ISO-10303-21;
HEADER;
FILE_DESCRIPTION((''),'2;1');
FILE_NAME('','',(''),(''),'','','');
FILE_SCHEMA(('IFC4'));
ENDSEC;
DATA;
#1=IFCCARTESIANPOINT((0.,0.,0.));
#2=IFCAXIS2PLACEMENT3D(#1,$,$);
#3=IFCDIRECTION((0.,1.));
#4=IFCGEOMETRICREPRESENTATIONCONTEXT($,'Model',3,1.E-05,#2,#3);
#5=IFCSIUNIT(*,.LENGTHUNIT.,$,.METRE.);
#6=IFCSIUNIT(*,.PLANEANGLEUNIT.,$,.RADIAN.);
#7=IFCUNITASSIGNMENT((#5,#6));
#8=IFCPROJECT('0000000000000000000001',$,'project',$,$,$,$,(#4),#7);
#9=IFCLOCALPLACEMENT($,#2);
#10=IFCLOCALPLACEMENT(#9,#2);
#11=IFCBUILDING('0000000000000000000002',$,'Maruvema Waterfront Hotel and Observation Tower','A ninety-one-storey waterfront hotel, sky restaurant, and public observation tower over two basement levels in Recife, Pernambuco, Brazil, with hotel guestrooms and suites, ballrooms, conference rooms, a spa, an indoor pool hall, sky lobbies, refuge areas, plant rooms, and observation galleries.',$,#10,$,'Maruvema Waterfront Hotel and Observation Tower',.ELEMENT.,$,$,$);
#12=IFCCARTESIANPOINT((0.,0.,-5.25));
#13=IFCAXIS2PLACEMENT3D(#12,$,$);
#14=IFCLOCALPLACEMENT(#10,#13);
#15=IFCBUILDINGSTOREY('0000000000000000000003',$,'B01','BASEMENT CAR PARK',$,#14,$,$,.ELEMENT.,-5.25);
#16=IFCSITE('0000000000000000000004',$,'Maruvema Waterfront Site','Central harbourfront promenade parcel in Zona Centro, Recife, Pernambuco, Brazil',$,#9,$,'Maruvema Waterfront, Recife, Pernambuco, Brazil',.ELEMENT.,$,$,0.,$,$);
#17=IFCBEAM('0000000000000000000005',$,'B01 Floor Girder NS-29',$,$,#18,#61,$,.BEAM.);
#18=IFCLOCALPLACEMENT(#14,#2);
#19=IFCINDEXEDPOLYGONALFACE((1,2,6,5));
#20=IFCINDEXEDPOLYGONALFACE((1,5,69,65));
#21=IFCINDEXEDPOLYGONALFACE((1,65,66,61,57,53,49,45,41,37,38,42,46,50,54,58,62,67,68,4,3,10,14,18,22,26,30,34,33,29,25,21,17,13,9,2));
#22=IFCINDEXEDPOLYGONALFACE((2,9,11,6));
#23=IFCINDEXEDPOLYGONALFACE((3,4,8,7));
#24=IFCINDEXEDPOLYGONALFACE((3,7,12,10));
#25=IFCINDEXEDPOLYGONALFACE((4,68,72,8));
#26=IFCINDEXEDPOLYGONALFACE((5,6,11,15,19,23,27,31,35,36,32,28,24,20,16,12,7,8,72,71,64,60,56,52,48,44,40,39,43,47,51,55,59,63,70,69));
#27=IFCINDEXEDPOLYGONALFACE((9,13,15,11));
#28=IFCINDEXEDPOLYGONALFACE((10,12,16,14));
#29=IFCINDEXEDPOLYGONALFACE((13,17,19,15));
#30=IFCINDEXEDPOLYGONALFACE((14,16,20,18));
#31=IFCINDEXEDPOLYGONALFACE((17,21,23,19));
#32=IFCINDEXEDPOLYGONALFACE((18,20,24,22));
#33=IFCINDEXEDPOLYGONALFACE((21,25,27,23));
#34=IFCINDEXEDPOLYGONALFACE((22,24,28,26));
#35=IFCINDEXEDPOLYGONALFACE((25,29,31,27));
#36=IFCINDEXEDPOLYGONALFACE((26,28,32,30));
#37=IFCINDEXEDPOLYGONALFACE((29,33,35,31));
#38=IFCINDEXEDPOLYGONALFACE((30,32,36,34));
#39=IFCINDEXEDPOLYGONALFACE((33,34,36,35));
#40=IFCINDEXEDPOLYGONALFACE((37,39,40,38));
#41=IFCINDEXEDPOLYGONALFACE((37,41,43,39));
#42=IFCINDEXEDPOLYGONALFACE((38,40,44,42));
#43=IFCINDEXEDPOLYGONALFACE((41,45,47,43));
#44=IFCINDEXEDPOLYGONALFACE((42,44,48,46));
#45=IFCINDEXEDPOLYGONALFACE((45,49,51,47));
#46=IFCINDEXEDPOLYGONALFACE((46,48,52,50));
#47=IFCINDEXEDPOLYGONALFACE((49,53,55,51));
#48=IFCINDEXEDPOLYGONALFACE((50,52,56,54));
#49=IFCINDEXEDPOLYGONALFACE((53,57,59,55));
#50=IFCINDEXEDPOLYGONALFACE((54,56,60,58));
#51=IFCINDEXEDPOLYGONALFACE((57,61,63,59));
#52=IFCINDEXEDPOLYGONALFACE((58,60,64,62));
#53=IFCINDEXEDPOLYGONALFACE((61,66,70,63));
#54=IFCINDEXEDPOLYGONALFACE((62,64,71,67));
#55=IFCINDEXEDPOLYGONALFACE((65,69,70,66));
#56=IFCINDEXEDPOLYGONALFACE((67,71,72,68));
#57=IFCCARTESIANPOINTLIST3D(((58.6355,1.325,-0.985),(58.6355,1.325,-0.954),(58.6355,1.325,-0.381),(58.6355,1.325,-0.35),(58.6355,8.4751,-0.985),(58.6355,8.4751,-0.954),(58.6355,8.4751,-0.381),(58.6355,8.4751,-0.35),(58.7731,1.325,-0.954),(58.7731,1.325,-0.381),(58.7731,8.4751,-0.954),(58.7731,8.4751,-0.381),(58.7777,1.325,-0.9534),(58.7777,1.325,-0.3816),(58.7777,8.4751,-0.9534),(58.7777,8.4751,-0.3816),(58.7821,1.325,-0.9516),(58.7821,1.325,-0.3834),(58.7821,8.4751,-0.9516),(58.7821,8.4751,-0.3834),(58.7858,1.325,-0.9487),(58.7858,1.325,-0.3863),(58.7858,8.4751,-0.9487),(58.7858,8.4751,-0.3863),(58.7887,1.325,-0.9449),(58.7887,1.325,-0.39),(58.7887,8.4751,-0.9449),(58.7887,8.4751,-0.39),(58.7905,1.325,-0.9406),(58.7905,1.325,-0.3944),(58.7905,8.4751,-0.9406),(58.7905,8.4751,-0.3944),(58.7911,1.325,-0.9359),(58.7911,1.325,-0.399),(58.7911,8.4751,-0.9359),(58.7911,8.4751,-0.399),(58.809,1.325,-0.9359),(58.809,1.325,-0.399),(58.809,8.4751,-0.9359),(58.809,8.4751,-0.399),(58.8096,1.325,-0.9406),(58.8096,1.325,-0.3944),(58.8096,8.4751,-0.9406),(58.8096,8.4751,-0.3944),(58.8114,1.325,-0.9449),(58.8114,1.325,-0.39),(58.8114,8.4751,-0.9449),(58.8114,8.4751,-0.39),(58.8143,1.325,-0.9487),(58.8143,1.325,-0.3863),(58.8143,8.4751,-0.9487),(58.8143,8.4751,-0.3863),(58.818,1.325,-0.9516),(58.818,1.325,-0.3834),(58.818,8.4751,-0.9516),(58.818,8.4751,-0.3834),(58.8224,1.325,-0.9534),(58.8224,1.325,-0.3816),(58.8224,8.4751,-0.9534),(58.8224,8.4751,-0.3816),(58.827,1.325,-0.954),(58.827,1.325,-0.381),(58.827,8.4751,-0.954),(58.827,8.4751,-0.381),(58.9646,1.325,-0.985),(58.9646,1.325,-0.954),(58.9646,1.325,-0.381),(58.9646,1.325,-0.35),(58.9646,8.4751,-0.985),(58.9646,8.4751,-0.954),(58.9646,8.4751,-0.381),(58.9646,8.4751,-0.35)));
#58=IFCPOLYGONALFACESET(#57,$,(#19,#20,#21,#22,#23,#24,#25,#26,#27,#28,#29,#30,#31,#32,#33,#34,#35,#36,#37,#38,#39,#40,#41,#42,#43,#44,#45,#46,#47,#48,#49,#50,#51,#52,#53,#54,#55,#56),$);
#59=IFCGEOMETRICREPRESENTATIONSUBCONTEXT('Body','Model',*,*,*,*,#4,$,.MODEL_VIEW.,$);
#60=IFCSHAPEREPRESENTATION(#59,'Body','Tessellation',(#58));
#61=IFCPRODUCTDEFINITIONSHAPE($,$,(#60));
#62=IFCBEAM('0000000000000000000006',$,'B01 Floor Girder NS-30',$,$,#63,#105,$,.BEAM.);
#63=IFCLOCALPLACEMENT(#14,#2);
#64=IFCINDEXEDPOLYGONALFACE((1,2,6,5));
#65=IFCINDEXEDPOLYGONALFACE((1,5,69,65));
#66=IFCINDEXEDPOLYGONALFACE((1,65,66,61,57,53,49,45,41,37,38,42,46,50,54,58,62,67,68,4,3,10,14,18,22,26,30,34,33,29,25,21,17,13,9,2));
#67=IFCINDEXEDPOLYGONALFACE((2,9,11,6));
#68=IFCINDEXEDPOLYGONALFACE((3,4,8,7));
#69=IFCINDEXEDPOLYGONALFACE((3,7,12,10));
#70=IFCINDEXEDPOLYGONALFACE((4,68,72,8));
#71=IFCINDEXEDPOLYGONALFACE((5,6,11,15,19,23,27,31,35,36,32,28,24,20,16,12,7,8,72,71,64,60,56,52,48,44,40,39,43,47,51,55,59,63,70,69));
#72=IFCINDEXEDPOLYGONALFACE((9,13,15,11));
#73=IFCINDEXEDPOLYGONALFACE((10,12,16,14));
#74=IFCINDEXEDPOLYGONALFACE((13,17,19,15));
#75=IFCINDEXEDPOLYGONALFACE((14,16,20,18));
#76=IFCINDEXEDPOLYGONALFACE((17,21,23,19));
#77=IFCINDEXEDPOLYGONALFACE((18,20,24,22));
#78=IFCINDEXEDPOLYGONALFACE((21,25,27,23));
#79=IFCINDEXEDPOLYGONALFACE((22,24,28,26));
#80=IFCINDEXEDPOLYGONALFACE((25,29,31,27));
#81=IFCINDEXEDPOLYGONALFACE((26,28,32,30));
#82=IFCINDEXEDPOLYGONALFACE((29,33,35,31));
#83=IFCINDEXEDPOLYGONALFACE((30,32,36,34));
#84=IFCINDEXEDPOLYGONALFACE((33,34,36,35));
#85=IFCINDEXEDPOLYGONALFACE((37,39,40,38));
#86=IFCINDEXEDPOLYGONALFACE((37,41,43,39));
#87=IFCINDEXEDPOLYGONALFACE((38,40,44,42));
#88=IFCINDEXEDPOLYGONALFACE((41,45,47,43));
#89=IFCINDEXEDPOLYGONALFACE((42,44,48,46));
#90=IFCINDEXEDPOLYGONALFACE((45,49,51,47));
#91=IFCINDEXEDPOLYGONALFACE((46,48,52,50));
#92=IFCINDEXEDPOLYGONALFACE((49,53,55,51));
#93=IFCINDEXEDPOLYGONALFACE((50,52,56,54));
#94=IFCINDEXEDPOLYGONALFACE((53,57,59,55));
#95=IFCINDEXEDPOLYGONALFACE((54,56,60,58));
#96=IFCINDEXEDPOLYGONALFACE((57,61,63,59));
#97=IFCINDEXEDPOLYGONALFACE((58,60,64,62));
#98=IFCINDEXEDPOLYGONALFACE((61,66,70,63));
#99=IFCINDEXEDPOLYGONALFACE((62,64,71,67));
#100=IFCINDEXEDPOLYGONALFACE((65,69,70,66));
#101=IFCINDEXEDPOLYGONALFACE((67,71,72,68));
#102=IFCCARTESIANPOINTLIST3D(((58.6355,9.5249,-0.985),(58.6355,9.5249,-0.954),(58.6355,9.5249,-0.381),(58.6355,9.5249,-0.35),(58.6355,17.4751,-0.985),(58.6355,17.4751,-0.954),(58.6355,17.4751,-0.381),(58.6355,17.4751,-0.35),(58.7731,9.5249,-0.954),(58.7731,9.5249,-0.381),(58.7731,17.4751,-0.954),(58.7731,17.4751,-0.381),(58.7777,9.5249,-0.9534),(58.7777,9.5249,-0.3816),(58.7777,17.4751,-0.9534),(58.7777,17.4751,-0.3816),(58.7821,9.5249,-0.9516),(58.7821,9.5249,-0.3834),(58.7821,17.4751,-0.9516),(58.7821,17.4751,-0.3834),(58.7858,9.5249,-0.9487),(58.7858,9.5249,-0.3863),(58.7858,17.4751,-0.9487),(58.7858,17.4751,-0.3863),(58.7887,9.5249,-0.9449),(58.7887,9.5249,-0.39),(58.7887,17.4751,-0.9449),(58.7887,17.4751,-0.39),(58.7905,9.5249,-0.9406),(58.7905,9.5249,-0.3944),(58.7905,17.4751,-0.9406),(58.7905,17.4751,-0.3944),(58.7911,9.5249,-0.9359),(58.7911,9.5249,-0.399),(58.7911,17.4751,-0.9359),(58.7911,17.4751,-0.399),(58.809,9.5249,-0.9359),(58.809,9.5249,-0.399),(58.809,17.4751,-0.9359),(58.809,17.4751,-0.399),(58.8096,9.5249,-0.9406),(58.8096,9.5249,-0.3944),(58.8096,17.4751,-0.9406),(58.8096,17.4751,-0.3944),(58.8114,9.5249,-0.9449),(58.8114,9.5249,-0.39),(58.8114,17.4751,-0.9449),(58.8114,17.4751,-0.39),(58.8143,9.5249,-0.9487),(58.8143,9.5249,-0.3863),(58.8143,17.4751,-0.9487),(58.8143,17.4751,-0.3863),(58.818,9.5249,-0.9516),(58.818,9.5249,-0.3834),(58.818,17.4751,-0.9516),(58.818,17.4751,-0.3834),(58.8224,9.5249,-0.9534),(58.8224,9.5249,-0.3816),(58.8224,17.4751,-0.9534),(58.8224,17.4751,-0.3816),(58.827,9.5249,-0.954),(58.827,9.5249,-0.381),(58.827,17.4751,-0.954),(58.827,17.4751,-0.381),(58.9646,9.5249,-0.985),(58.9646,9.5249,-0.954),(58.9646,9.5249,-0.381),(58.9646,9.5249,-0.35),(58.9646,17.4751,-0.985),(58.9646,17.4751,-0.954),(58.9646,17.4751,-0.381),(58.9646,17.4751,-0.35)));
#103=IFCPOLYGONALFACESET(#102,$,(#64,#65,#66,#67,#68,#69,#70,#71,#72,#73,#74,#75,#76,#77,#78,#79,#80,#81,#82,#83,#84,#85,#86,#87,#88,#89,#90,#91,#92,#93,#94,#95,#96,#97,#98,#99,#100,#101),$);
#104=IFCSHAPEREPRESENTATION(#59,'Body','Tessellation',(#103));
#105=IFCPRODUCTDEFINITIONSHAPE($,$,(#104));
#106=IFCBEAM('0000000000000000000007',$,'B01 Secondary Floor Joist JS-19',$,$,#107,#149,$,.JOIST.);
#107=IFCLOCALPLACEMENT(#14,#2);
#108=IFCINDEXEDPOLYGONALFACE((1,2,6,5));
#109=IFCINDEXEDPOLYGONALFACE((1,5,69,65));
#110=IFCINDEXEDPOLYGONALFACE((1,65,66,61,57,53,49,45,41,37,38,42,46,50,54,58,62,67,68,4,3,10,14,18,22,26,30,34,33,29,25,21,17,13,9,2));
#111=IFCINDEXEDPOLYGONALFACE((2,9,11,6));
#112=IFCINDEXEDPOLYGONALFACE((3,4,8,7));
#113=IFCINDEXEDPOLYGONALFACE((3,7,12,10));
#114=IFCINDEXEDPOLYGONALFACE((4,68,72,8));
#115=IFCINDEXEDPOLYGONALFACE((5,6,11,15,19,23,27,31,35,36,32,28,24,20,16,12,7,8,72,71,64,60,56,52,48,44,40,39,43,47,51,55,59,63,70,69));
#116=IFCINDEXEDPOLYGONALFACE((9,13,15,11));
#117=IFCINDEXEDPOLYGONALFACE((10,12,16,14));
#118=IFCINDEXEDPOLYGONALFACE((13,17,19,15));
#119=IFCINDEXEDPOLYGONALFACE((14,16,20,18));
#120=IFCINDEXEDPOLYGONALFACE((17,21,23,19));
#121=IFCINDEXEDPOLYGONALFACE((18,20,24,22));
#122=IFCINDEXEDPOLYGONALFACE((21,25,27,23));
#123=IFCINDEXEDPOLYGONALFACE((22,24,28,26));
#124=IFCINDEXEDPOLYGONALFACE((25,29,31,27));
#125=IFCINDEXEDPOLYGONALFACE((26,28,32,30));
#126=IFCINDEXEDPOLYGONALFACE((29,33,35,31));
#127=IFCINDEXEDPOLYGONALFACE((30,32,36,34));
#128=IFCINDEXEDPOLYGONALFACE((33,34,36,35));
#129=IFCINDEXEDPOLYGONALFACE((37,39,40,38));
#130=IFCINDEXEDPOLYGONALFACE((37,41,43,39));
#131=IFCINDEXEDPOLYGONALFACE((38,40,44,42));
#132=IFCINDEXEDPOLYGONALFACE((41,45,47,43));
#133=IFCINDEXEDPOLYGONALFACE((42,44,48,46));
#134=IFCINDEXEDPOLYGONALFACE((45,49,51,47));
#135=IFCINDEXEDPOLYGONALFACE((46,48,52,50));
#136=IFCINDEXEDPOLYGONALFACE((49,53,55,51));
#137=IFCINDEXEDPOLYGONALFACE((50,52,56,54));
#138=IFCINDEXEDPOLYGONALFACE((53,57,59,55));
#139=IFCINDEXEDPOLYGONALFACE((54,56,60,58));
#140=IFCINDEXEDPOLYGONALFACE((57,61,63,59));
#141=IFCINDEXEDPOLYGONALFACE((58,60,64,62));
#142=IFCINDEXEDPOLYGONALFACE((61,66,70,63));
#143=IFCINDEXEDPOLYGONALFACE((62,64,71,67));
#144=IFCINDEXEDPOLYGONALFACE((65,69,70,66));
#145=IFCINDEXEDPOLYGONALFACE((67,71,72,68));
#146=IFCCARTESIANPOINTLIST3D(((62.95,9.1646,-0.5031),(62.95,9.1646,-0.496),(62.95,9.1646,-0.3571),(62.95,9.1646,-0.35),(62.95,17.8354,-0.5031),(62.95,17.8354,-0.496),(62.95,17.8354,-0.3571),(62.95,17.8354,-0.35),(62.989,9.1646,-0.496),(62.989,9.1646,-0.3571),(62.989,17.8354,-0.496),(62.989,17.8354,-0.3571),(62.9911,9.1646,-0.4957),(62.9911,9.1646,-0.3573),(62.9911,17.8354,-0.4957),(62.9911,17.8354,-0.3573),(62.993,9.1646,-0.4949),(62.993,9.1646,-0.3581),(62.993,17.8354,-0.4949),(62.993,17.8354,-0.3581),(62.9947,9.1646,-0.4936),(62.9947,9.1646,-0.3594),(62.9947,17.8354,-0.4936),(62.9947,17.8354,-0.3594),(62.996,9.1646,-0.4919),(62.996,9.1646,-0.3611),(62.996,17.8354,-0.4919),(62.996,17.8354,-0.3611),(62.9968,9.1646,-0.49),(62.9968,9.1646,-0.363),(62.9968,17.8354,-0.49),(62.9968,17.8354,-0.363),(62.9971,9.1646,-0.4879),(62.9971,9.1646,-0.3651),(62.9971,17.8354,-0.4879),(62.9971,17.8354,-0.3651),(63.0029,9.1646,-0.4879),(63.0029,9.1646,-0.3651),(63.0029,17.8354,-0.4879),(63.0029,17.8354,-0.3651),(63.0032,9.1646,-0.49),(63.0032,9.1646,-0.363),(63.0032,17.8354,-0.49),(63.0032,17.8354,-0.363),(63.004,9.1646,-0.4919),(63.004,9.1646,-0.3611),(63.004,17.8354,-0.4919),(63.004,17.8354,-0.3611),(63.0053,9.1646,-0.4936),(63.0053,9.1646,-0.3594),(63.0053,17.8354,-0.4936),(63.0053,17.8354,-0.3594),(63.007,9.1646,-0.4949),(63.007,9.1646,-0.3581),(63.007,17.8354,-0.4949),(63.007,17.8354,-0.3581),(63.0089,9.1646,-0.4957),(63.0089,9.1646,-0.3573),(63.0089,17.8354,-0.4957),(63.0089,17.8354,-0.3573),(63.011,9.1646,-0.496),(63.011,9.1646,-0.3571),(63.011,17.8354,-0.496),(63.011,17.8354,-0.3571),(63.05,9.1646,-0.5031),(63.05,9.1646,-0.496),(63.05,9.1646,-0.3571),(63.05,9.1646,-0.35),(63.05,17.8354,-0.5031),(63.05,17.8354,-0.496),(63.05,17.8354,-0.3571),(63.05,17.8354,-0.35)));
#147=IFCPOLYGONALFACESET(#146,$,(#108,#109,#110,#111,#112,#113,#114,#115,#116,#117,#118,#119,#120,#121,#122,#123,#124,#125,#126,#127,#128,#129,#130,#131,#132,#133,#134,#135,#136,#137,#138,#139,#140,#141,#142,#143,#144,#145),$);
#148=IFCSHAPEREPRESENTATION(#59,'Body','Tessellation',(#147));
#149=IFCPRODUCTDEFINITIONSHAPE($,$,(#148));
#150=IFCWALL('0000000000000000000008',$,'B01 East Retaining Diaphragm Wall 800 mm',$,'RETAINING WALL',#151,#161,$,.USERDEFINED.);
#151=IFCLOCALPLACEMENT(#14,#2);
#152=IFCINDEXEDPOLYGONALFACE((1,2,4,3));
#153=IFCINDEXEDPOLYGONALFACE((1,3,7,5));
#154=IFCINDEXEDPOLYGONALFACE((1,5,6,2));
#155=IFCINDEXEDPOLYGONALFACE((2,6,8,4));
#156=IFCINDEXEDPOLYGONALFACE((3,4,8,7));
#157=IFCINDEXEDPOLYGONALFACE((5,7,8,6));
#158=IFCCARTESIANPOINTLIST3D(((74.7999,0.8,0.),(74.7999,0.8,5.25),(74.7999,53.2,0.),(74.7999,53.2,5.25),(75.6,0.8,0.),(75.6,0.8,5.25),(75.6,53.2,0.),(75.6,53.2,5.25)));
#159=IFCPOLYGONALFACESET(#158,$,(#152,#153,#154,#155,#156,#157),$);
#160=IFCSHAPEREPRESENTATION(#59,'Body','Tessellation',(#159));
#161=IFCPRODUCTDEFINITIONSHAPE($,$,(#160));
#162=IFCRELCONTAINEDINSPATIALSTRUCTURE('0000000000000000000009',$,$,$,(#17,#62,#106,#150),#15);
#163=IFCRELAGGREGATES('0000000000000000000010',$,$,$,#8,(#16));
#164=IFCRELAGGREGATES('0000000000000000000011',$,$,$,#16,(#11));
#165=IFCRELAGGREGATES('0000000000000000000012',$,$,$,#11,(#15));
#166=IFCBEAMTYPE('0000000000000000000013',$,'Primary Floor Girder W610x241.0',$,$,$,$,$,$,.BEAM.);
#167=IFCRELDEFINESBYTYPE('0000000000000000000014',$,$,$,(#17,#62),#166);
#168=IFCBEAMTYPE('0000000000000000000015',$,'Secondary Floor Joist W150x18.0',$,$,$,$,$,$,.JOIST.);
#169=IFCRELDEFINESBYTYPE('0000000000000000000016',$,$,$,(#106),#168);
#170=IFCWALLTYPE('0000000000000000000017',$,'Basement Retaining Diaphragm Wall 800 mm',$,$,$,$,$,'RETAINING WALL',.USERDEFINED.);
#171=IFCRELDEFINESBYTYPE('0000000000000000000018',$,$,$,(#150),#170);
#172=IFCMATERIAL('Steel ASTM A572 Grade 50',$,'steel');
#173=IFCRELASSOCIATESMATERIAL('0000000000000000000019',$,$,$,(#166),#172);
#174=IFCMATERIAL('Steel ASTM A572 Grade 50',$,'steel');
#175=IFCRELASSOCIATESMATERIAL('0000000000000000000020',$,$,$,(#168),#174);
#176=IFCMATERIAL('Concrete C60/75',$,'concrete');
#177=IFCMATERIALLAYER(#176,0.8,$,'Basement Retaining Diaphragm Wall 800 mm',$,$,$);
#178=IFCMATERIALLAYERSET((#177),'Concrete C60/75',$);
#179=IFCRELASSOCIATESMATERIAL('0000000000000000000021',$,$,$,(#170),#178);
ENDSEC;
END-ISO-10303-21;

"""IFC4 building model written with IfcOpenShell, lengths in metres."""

from ifc_helpers import new_model, si_unit, direction, frame, frame_2d, origin, origin_2d, place, context, subcontext, project, spatial, rectangle, i_section, extrude, material, layer, layer_set, material_profile, profile_set, type_object, element, save


model = new_model("IFC4")

# Units and contexts
model_context = context("Model", 3, precision=1e-05, world=origin(), true_north=direction((0.0, 1.0)))
body_context = subcontext(model_context, "Body", "Model", "MODEL_VIEW")
ifc_project = project(units=[si_unit("LENGTHUNIT", "METRE"), si_unit("PLANEANGLEUNIT", "RADIAN")], contexts=[model_context])

# Site, building, storey
site_placement = place(None, origin())
site = spatial("IfcSite", under=ifc_project, at=site_placement, Name="Maruvema Waterfront Site", Description="Central harbourfront promenade parcel in Zona Centro, Recife, Pernambuco, Brazil", LongName="Maruvema Waterfront, Recife, Pernambuco, Brazil", CompositionType="ELEMENT", RefElevation=0.0)
building_placement = place(site_placement, origin())
building = spatial("IfcBuilding", under=site, at=building_placement, Name="Maruvema Waterfront Hotel and Observation Tower", Description="A ninety-one-storey waterfront hotel, sky restaurant, and public observation tower over two basement levels in Recife, Pernambuco, Brazil, with hotel guestrooms and suites, ballrooms, conference rooms, a spa, an indoor pool hall, sky lobbies, refuge areas, plant rooms, and observation galleries.", LongName="Maruvema Waterfront Hotel and Observation Tower", CompositionType="ELEMENT")
storey_placement = place(building_placement, frame((0.0, 0.0, -5.25)))
storey = spatial("IfcBuildingStorey", under=building, at=storey_placement, Name="B01", Description="BASEMENT CAR PARK", CompositionType="ELEMENT", Elevation=-5.25)

# Beams
ifc_material_1 = material(Name="Steel ASTM A572 Grade 50", Category="steel")
ifc_material_profile_1 = material_profile(ifc_material_1, i_section(OverallWidth=0.3291, OverallDepth=0.635, WebThickness=0.0178, FlangeThickness=0.031, FilletRadius=0.0181, at=origin_2d()), Name="W610x241.0")
ifc_profile_set_1 = profile_set([ifc_material_profile_1], Name="Steel ASTM A572 Grade 50")
beam_type_1 = type_object("IfcBeamType", Name="Primary Floor Girder W610x241.0", PredefinedType="BEAM", material=ifc_profile_set_1)
beam_1_placement = place(storey_placement, frame((58.8, 1.325, -0.6675), z_axis=(0.0, 1.0, 0.0), x_axis=(-1.0, 0.0, 0.0)))
element("IfcBeam", 1, at=beam_1_placement, inside=storey, type_object=beam_type_1, Name="B01 Floor Girder NS-29", PredefinedType="BEAM", context=body_context, shape_type="SweptSolid", body=[
    extrude(i_section(OverallWidth=0.3291, OverallDepth=0.635, WebThickness=0.0178, FlangeThickness=0.031, FilletRadius=0.0181, at=origin_2d()), origin(), (0.0, 0.0, 1.0), 7.1501),
])
beam_2_placement = place(storey_placement, frame((58.8, 9.5249, -0.6675), z_axis=(0.0, 1.0, 0.0), x_axis=(-1.0, 0.0, 0.0)))
element("IfcBeam", 2, at=beam_2_placement, inside=storey, type_object=beam_type_1, Name="B01 Floor Girder NS-30", PredefinedType="BEAM", context=body_context, shape_type="SweptSolid", body=[
    extrude(i_section(OverallWidth=0.3291, OverallDepth=0.635, WebThickness=0.0178, FlangeThickness=0.031, FilletRadius=0.0181, at=origin_2d()), origin(), (0.0, 0.0, 1.0), 7.9502),
])
ifc_material_2 = material(Name="Steel ASTM A572 Grade 50", Category="steel")
ifc_material_profile_2 = material_profile(ifc_material_2, i_section(OverallWidth=0.1001, OverallDepth=0.1531, WebThickness=0.0059, FlangeThickness=0.0071, FilletRadius=0.0081, at=origin_2d()), Name="W150x18.0")
ifc_profile_set_2 = profile_set([ifc_material_profile_2], Name="Steel ASTM A572 Grade 50")
beam_type_2 = type_object("IfcBeamType", Name="Secondary Floor Joist W150x18.0", PredefinedType="JOIST", material=ifc_profile_set_2)
beam_3_placement = place(storey_placement, frame((63.0, 9.1646, -0.4265), z_axis=(0.0, 1.0, 0.0), x_axis=(-1.0, 0.0, 0.0)))
element("IfcBeam", 3, at=beam_3_placement, inside=storey, type_object=beam_type_2, Name="B01 Secondary Floor Joist JS-19", PredefinedType="JOIST", context=body_context, shape_type="SweptSolid", body=[
    extrude(i_section(OverallWidth=0.1001, OverallDepth=0.1531, WebThickness=0.0059, FlangeThickness=0.0071, FilletRadius=0.0081, at=origin_2d()), origin(), (0.0, 0.0, 1.0), 8.6709),
])

# Wall
ifc_material_3 = material(Name="Concrete C60/75", Category="concrete")
ifc_layer_1 = layer(ifc_material_3, 0.8, Name="Basement Retaining Diaphragm Wall 800 mm")
ifc_layer_set_1 = layer_set([ifc_layer_1], Name="Concrete C60/75")
wall_type_1 = type_object("IfcWallType", Name="Basement Retaining Diaphragm Wall 800 mm", ElementType="RETAINING WALL", PredefinedType="USERDEFINED", material=ifc_layer_set_1)
wall_1_placement = place(storey_placement, frame((75.2, 0.8, 0.0), z_axis=(0.0, 0.0, 1.0), x_axis=(0.0, 1.0, 0.0)))
element("IfcWall", 4, at=wall_1_placement, inside=storey, type_object=wall_type_1, Name="B01 East Retaining Diaphragm Wall 800 mm", ObjectType="RETAINING WALL", PredefinedType="USERDEFINED", context=body_context, shape_type="SweptSolid", body=[
    extrude(rectangle(XDim=52.3999, YDim=0.8, at=frame_2d((26.2, 0.0))), origin(), (0.0, 0.0, 1.0), 5.25),
])

save(model, "model.ifc")
